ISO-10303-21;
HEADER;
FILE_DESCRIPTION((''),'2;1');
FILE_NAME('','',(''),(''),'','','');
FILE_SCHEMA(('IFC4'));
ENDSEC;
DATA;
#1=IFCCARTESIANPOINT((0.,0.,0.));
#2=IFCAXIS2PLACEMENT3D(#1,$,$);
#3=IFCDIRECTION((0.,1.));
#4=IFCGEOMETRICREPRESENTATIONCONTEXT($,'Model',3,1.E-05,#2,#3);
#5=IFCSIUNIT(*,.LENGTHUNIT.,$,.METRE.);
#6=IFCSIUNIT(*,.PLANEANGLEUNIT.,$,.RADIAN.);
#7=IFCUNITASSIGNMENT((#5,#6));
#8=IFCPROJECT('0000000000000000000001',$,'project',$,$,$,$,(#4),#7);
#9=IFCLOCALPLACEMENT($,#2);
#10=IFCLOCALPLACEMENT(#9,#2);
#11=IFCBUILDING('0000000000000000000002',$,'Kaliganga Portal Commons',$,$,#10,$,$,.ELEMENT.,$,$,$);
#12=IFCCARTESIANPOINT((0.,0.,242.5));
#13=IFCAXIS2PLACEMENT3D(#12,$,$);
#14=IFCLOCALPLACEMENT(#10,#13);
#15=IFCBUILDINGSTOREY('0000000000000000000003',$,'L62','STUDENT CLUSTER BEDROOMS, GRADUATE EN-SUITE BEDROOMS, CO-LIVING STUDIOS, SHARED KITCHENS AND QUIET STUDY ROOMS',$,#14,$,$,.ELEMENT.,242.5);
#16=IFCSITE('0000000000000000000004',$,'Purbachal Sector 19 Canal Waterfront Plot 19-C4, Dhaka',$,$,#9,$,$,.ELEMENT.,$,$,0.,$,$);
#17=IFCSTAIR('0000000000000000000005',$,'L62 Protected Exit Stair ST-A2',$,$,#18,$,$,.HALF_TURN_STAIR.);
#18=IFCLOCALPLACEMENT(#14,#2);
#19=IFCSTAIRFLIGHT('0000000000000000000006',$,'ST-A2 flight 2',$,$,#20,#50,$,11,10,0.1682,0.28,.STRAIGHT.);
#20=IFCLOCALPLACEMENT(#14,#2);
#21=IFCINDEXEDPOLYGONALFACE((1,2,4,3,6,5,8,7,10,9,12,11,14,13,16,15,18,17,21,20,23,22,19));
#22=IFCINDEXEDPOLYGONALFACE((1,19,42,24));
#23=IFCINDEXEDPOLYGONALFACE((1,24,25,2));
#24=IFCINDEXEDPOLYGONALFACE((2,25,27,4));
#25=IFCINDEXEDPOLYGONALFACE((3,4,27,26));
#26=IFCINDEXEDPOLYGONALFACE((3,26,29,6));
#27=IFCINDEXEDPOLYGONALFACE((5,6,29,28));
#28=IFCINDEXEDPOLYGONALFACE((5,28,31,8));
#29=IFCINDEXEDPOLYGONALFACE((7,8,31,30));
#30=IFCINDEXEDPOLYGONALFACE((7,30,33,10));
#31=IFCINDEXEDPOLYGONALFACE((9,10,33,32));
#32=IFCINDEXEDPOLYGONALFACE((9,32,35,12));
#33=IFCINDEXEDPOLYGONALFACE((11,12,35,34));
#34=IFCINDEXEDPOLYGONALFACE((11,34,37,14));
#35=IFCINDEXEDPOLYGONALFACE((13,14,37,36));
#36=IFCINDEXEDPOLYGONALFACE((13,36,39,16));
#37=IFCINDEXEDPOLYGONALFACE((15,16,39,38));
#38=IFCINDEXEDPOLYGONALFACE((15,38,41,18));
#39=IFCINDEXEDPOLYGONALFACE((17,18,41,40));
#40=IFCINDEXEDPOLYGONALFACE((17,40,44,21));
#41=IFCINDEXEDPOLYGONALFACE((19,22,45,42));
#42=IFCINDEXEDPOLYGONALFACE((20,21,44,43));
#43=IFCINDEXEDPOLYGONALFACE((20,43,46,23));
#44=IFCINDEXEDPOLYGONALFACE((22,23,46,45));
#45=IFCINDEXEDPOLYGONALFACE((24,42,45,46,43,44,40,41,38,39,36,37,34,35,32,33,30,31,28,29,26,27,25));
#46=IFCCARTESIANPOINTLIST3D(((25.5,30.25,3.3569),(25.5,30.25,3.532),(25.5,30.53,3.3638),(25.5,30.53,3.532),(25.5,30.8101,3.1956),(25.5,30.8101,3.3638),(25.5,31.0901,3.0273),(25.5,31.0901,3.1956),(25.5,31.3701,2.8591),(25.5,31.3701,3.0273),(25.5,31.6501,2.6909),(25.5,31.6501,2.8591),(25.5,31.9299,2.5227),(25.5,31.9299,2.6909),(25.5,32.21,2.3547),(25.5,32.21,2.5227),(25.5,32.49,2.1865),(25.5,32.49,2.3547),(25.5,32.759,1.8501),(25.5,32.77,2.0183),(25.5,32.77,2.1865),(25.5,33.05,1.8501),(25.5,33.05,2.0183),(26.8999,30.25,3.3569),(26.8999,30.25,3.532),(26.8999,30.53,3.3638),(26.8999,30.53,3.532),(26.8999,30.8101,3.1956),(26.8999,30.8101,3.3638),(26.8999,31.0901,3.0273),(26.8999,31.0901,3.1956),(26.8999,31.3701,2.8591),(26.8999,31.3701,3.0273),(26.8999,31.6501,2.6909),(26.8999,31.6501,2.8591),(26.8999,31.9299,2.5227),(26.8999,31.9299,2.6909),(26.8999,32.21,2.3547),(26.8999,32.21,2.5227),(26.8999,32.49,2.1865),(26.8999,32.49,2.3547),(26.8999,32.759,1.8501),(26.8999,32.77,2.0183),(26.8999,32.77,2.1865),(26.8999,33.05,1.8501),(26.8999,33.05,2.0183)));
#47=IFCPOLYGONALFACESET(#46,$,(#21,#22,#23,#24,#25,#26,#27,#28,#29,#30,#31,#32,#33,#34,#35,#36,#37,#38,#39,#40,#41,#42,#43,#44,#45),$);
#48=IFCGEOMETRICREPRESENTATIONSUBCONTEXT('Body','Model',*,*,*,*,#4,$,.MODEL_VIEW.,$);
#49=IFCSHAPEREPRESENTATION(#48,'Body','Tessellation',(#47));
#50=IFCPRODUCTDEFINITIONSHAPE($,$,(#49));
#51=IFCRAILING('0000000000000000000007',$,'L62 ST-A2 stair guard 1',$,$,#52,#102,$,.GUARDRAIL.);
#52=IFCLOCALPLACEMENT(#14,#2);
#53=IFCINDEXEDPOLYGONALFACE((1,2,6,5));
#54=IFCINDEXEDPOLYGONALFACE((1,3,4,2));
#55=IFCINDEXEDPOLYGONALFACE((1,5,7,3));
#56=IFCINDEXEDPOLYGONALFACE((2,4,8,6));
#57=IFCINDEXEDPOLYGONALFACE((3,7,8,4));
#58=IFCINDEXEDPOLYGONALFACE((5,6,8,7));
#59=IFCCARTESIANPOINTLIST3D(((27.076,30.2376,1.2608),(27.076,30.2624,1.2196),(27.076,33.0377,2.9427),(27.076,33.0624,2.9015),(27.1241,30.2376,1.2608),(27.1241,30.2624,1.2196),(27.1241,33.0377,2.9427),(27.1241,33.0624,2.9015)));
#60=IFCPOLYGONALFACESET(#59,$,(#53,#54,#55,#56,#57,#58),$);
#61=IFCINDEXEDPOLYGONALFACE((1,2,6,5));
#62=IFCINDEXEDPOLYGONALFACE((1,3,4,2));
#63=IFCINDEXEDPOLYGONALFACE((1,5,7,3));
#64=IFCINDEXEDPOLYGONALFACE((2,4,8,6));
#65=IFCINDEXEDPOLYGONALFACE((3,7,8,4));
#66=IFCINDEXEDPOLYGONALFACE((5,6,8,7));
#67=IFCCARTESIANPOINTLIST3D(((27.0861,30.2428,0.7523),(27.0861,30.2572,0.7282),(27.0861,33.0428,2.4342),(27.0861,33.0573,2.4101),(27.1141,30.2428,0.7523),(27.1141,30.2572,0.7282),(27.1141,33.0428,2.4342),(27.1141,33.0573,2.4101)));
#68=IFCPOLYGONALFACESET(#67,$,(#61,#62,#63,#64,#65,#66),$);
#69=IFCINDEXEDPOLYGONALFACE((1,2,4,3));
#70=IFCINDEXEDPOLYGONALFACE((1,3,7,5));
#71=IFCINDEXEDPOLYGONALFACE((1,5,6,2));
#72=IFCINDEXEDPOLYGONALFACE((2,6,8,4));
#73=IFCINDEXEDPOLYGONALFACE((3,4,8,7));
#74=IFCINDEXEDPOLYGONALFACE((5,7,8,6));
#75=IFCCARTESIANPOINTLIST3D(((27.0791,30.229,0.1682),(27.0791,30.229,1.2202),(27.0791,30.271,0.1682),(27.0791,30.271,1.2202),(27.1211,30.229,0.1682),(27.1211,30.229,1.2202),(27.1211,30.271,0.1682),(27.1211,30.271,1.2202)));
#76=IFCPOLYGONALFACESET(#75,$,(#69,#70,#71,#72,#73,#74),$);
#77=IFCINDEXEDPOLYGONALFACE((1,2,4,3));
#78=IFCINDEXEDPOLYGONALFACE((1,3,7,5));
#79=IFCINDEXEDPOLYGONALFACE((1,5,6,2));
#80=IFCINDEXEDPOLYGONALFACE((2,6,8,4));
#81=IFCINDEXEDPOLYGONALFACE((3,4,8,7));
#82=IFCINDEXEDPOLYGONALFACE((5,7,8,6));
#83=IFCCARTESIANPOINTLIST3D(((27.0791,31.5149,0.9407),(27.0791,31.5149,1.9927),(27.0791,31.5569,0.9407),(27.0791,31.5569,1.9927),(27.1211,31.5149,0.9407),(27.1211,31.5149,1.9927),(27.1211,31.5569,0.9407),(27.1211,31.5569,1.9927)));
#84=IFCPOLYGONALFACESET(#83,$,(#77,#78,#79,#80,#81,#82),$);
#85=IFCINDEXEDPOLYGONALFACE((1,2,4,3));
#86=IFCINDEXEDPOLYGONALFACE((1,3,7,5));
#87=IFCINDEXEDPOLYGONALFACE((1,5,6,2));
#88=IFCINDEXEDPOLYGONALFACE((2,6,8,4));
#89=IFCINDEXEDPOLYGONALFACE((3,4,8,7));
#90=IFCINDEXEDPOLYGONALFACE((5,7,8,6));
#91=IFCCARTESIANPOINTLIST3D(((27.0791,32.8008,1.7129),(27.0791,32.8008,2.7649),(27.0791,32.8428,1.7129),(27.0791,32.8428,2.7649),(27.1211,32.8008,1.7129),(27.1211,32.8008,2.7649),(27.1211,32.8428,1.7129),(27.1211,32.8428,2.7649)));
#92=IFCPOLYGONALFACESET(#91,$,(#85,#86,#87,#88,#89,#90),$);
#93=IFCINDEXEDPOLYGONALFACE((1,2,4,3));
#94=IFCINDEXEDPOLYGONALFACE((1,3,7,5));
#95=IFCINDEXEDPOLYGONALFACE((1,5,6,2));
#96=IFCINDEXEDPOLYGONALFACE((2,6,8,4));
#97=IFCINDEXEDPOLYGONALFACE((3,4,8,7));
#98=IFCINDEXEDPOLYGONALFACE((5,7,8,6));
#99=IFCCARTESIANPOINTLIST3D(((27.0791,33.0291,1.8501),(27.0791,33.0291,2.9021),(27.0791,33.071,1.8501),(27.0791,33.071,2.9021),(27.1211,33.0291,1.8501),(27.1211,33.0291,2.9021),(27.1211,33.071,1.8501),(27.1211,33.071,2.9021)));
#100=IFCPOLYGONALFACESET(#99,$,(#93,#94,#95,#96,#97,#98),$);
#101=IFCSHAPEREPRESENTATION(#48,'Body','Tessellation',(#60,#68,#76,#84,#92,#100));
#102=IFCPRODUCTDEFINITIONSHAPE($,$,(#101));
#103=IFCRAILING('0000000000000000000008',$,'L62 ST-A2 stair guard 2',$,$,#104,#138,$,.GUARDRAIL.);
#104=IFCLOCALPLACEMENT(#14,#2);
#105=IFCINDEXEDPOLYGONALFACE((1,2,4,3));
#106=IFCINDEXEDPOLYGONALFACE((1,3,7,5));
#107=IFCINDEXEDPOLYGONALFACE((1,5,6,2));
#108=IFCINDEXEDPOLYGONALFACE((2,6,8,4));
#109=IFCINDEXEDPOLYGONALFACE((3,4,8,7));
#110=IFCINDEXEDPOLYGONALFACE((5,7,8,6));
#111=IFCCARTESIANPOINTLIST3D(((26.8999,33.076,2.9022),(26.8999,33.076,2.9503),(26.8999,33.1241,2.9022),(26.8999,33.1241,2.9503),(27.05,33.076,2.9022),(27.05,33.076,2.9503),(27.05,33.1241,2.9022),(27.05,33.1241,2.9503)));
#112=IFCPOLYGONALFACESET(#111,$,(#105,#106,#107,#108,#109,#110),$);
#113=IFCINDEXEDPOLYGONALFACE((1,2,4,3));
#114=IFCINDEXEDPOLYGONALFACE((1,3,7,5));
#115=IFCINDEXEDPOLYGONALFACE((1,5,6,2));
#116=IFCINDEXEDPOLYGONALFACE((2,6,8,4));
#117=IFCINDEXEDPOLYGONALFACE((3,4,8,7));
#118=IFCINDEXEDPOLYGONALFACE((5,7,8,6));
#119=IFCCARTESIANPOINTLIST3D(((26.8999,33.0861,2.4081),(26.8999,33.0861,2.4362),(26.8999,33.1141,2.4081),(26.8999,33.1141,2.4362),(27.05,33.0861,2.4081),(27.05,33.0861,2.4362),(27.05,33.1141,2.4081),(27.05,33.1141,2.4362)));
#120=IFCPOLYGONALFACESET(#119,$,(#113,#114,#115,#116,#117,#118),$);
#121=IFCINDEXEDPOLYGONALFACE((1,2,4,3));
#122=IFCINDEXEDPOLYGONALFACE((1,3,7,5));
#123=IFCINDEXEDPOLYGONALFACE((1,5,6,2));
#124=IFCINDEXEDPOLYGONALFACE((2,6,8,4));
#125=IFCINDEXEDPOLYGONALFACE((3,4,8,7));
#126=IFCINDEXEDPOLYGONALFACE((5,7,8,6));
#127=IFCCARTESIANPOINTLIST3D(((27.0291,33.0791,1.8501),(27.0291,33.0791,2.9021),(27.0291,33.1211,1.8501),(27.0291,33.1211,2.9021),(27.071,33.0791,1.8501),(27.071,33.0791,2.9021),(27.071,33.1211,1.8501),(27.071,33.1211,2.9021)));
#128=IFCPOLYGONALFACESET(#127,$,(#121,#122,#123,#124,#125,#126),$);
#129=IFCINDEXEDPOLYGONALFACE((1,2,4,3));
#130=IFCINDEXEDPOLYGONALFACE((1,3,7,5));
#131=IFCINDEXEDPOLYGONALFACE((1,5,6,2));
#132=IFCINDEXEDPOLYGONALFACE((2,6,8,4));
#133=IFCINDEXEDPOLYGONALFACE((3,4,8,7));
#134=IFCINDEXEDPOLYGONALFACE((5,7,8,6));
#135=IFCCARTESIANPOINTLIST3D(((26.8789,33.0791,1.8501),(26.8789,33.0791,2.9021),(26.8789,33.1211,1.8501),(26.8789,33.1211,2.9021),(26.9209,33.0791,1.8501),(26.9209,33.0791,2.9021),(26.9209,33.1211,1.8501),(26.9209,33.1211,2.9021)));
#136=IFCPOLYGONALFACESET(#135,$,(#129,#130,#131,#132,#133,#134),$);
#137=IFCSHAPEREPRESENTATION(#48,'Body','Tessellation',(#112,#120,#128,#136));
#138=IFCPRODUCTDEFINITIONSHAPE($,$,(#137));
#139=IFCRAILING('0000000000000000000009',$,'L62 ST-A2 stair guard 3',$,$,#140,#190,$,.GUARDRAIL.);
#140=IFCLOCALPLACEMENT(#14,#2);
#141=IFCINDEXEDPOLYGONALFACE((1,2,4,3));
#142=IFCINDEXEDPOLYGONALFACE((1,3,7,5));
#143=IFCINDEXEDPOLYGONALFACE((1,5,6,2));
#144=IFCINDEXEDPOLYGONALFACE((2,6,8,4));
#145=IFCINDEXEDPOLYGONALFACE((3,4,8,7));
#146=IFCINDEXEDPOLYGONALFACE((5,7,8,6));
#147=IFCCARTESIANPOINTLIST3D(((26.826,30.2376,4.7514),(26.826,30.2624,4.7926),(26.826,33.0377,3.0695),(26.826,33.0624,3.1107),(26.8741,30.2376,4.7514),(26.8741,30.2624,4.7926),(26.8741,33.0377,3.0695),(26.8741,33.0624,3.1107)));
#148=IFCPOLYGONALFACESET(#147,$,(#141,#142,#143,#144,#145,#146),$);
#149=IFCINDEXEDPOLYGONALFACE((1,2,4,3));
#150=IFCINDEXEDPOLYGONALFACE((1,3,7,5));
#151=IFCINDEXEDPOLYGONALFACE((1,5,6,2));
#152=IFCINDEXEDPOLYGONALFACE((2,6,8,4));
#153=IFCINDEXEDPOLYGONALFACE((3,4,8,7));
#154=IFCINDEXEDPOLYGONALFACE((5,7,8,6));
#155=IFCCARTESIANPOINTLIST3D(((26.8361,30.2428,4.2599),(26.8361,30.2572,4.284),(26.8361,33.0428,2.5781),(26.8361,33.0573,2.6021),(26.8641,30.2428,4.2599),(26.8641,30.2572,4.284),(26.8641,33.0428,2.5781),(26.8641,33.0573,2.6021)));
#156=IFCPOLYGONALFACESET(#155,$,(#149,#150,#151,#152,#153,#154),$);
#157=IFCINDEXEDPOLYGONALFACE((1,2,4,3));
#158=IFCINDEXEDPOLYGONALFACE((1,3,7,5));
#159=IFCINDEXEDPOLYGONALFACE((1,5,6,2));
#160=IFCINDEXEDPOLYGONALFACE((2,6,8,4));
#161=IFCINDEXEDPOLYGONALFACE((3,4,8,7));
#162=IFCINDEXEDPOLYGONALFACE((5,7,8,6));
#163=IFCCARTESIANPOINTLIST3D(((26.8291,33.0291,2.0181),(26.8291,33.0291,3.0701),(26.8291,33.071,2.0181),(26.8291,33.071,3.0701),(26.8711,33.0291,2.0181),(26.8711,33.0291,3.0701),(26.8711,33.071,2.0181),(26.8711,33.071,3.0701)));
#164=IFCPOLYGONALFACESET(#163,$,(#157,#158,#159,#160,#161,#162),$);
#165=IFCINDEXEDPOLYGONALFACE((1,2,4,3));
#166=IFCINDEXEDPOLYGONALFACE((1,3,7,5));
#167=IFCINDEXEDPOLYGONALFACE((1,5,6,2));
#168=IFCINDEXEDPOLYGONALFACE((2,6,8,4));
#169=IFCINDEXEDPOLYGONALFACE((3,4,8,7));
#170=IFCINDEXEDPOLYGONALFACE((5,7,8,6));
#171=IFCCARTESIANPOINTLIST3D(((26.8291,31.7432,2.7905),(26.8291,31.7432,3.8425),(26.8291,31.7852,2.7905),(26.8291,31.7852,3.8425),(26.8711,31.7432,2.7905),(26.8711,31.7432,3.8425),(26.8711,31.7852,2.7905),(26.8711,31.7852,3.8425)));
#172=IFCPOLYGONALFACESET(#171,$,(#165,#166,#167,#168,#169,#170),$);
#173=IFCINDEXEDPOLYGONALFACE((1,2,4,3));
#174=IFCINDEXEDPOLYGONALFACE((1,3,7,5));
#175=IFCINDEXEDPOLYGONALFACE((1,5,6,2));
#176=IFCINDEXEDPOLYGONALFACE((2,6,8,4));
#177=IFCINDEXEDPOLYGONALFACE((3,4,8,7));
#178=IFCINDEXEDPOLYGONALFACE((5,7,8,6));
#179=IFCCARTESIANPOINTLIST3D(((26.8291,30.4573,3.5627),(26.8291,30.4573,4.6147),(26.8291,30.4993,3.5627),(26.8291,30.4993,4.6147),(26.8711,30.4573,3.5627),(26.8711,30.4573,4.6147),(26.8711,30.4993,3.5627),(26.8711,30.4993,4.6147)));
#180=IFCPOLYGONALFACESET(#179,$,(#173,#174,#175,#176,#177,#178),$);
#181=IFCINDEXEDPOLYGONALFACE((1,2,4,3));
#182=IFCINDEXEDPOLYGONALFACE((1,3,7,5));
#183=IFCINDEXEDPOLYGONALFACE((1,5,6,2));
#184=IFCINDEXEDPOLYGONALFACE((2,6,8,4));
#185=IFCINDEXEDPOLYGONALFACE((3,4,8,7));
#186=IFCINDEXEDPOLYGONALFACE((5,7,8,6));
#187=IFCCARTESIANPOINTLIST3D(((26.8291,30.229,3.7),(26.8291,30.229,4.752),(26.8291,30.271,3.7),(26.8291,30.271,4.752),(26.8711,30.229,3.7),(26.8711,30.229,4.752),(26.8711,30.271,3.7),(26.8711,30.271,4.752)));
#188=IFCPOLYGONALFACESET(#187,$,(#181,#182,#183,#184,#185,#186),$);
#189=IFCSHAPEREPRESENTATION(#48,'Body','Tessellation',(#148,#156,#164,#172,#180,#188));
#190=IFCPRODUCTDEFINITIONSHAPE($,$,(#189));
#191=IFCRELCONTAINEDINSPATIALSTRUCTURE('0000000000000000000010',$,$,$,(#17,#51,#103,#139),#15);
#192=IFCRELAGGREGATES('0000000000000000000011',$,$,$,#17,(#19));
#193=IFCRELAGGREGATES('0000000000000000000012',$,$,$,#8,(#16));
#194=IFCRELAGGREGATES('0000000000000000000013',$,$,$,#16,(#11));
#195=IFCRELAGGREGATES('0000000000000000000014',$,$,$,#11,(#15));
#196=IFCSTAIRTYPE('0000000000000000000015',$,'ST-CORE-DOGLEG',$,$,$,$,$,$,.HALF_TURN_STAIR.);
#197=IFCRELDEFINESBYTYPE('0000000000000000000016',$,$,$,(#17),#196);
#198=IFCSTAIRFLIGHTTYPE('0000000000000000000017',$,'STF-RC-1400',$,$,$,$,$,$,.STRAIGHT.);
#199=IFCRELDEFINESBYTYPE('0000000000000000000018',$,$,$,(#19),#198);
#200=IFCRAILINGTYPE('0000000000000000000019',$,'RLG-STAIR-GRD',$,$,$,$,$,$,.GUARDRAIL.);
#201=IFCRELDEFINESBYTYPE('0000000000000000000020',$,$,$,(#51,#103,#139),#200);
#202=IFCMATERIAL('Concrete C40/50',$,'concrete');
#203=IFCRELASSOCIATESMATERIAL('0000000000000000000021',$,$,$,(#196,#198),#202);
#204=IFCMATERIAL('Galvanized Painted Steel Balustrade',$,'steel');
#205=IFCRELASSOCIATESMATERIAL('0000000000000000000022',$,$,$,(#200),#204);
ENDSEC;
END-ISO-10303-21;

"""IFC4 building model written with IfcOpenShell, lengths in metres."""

from ifc_helpers import new_model, si_unit, direction, frame, origin, origin_2d, place, context, subcontext, project, spatial, polyline, rectangle, outline, extrude, material, type_object, element, aggregate, save


model = new_model("IFC4")

# Units and contexts
model_context = context("Model", 3, precision=1e-05, world=origin(), true_north=direction((0.0, 1.0)))
body_context = subcontext(model_context, "Body", "Model", "MODEL_VIEW")
ifc_project = project(units=[si_unit("LENGTHUNIT", "METRE"), si_unit("PLANEANGLEUNIT", "RADIAN")], contexts=[model_context])

# Site, building, storey
site_placement = place(None, origin())
site = spatial("IfcSite", under=ifc_project, at=site_placement, Name="Purbachal Sector 19 Canal Waterfront Plot 19-C4, Dhaka", CompositionType="ELEMENT", RefElevation=0.0)
building_placement = place(site_placement, origin())
building = spatial("IfcBuilding", under=site, at=building_placement, Name="Kaliganga Portal Commons", CompositionType="ELEMENT")
storey_placement = place(building_placement, frame((0.0, 0.0, 242.5)))
storey = spatial("IfcBuildingStorey", under=building, at=storey_placement, Name="L62", Description="STUDENT CLUSTER BEDROOMS, GRADUATE EN-SUITE BEDROOMS, CO-LIVING STUDIOS, SHARED KITCHENS AND QUIET STUDY ROOMS", CompositionType="ELEMENT", Elevation=242.5)

# Stair, stair flight
ifc_material_1 = material(Name="Concrete C40/50", Category="concrete")
stair_type = type_object("IfcStairType", Name="ST-CORE-DOGLEG", PredefinedType="HALF_TURN_STAIR", material=ifc_material_1)
stair_placement = place(storey_placement, origin())
stair = element("IfcStair", 1, at=stair_placement, inside=storey, type_object=stair_type, Name="L62 Protected Exit Stair ST-A2", PredefinedType="HALF_TURN_STAIR")
stair_flight_type = type_object("IfcStairFlightType", Name="STF-RC-1400", PredefinedType="STRAIGHT", material=ifc_material_1)
stair_flight_1_placement = place(storey_placement, frame((26.2, 33.05, 1.8501), z_axis=(0.0, 0.0, 1.0), x_axis=(0.0, -1.0, 0.0)))
stair_flight_1 = element("IfcStairFlight", 2, at=stair_flight_1_placement, type_object=stair_flight_type, Name="ST-A2 flight 2", NumberOfRisers=11, NumberOfTreads=10, PredefinedType="STRAIGHT", RiserHeight=0.1682, TreadLength=0.28, context=body_context, shape_type="SweptSolid", body=[
    extrude(outline(polyline([(0.0, 0.0), (0.0, 0.1682), (0.28, 0.1682), (0.28, 0.3364), (0.5601, 0.3364), (0.5601, 0.5046), (0.8401, 0.5046), (0.8401, 0.6726), (1.1201, 0.6726), (1.1201, 0.8408), (1.3999, 0.8408), (1.3999, 1.009), (1.6799, 1.009), (1.6799, 1.1772), (1.96, 1.1772), (1.96, 1.3455), (2.24, 1.3455), (2.24, 1.5137), (2.52, 1.5137), (2.52, 1.6819), (2.8, 1.6819), (2.8, 1.8501), (2.8, 1.5068), (0.291, 0.0), (0.0, 0.0)])), frame((0.0, 0.7, 0.0), z_axis=(0.0, -1.0, 0.0), x_axis=(1.0, 0.0, 0.0)), (0.0, 0.0, 1.0), 1.3999),
])
aggregate(stair, [stair_flight_1])

# Railings
ifc_material_2 = material(Name="Galvanized Painted Steel Balustrade", Category="steel")
railing_type_1 = type_object("IfcRailingType", Name="RLG-STAIR-GRD", PredefinedType="GUARDRAIL", material=ifc_material_2)
railing_1_placement = place(storey_placement, frame((27.1001, 30.25, 0.1682)))
element("IfcRailing", 3, at=railing_1_placement, inside=storey, type_object=railing_type_1, Name="L62 ST-A2 stair guard 1", PredefinedType="GUARDRAIL", context=body_context, shape_type="SweptSolid", body=[
    extrude(rectangle(XDim=0.0481, YDim=0.0481, at=origin_2d()), frame((0.0, 0.0, 1.072), z_axis=(0.0, 0.857242, 0.514913), x_axis=(-1.0, 0.0, 0.0)), (0.0, 0.0, 1.0), 3.2664),
    extrude(rectangle(XDim=0.0281, YDim=0.0281, at=origin_2d()), frame((0.0, 0.0, 0.572), z_axis=(0.0, 0.857242, 0.514913), x_axis=(-1.0, 0.0, 0.0)), (0.0, 0.0, 1.0), 3.2664),
    extrude(rectangle(XDim=0.042, YDim=0.042, at=origin_2d()), origin(), (0.0, 0.0, 1.0), 1.052),
    extrude(rectangle(XDim=0.042, YDim=0.042, at=origin_2d()), frame((0.0, 1.2859, 0.7725)), (0.0, 0.0, 1.0), 1.052),
    extrude(rectangle(XDim=0.042, YDim=0.042, at=origin_2d()), frame((0.0, 2.5718, 1.5447)), (0.0, 0.0, 1.0), 1.052),
    extrude(rectangle(XDim=0.042, YDim=0.042, at=origin_2d()), frame((0.0, 2.8, 1.6819)), (0.0, 0.0, 1.0), 1.052),
])
railing_2_placement = place(storey_placement, frame((27.05, 33.1001, 1.8501)))
element("IfcRailing", 4, at=railing_2_placement, inside=storey, type_object=railing_type_1, Name="L62 ST-A2 stair guard 2", PredefinedType="GUARDRAIL", context=body_context, shape_type="SweptSolid", body=[
    extrude(rectangle(XDim=0.0481, YDim=0.0481, at=origin_2d()), frame((0.0, 0.0, 1.0762), z_axis=(-1.0, 0.0, 0.0), x_axis=(0.0, -1.0, 0.0)), (0.0, 0.0, 1.0), 0.1501),
    extrude(rectangle(XDim=0.0281, YDim=0.0281, at=origin_2d()), frame((0.0, 0.0, 0.572), z_axis=(-1.0, 0.0, 0.0), x_axis=(0.0, -1.0, 0.0)), (0.0, 0.0, 1.0), 0.1501),
    extrude(rectangle(XDim=0.042, YDim=0.042, at=origin_2d()), origin(), (0.0, 0.0, 1.0), 1.052),
    extrude(rectangle(XDim=0.042, YDim=0.042, at=origin_2d()), frame((-0.1501, 0.0, 0.0)), (0.0, 0.0, 1.0), 1.052),
])
railing_3_placement = place(storey_placement, frame((26.8501, 33.05, 2.0181)))
element("IfcRailing", 5, at=railing_3_placement, inside=storey, type_object=railing_type_1, Name="L62 ST-A2 stair guard 3", PredefinedType="GUARDRAIL", context=body_context, shape_type="SweptSolid", body=[
    extrude(rectangle(XDim=0.0481, YDim=0.0481, at=origin_2d()), frame((0.0, 0.0, 1.072), z_axis=(0.0, -0.857242, 0.514913), x_axis=(1.0, 0.0, 0.0)), (0.0, 0.0, 1.0), 3.2664),
    extrude(rectangle(XDim=0.0281, YDim=0.0281, at=origin_2d()), frame((0.0, 0.0, 0.572), z_axis=(0.0, -0.857242, 0.514913), x_axis=(1.0, 0.0, 0.0)), (0.0, 0.0, 1.0), 3.2664),
    extrude(rectangle(XDim=0.042, YDim=0.042, at=origin_2d()), origin(), (0.0, 0.0, 1.0), 1.052),
    extrude(rectangle(XDim=0.042, YDim=0.042, at=origin_2d()), frame((0.0, -1.2859, 0.7725)), (0.0, 0.0, 1.0), 1.052),
    extrude(rectangle(XDim=0.042, YDim=0.042, at=origin_2d()), frame((0.0, -2.5718, 1.5447)), (0.0, 0.0, 1.0), 1.052),
    extrude(rectangle(XDim=0.042, YDim=0.042, at=origin_2d()), frame((0.0, -2.8, 1.6819)), (0.0, 0.0, 1.0), 1.052),
])

save(model, "model.ifc")
